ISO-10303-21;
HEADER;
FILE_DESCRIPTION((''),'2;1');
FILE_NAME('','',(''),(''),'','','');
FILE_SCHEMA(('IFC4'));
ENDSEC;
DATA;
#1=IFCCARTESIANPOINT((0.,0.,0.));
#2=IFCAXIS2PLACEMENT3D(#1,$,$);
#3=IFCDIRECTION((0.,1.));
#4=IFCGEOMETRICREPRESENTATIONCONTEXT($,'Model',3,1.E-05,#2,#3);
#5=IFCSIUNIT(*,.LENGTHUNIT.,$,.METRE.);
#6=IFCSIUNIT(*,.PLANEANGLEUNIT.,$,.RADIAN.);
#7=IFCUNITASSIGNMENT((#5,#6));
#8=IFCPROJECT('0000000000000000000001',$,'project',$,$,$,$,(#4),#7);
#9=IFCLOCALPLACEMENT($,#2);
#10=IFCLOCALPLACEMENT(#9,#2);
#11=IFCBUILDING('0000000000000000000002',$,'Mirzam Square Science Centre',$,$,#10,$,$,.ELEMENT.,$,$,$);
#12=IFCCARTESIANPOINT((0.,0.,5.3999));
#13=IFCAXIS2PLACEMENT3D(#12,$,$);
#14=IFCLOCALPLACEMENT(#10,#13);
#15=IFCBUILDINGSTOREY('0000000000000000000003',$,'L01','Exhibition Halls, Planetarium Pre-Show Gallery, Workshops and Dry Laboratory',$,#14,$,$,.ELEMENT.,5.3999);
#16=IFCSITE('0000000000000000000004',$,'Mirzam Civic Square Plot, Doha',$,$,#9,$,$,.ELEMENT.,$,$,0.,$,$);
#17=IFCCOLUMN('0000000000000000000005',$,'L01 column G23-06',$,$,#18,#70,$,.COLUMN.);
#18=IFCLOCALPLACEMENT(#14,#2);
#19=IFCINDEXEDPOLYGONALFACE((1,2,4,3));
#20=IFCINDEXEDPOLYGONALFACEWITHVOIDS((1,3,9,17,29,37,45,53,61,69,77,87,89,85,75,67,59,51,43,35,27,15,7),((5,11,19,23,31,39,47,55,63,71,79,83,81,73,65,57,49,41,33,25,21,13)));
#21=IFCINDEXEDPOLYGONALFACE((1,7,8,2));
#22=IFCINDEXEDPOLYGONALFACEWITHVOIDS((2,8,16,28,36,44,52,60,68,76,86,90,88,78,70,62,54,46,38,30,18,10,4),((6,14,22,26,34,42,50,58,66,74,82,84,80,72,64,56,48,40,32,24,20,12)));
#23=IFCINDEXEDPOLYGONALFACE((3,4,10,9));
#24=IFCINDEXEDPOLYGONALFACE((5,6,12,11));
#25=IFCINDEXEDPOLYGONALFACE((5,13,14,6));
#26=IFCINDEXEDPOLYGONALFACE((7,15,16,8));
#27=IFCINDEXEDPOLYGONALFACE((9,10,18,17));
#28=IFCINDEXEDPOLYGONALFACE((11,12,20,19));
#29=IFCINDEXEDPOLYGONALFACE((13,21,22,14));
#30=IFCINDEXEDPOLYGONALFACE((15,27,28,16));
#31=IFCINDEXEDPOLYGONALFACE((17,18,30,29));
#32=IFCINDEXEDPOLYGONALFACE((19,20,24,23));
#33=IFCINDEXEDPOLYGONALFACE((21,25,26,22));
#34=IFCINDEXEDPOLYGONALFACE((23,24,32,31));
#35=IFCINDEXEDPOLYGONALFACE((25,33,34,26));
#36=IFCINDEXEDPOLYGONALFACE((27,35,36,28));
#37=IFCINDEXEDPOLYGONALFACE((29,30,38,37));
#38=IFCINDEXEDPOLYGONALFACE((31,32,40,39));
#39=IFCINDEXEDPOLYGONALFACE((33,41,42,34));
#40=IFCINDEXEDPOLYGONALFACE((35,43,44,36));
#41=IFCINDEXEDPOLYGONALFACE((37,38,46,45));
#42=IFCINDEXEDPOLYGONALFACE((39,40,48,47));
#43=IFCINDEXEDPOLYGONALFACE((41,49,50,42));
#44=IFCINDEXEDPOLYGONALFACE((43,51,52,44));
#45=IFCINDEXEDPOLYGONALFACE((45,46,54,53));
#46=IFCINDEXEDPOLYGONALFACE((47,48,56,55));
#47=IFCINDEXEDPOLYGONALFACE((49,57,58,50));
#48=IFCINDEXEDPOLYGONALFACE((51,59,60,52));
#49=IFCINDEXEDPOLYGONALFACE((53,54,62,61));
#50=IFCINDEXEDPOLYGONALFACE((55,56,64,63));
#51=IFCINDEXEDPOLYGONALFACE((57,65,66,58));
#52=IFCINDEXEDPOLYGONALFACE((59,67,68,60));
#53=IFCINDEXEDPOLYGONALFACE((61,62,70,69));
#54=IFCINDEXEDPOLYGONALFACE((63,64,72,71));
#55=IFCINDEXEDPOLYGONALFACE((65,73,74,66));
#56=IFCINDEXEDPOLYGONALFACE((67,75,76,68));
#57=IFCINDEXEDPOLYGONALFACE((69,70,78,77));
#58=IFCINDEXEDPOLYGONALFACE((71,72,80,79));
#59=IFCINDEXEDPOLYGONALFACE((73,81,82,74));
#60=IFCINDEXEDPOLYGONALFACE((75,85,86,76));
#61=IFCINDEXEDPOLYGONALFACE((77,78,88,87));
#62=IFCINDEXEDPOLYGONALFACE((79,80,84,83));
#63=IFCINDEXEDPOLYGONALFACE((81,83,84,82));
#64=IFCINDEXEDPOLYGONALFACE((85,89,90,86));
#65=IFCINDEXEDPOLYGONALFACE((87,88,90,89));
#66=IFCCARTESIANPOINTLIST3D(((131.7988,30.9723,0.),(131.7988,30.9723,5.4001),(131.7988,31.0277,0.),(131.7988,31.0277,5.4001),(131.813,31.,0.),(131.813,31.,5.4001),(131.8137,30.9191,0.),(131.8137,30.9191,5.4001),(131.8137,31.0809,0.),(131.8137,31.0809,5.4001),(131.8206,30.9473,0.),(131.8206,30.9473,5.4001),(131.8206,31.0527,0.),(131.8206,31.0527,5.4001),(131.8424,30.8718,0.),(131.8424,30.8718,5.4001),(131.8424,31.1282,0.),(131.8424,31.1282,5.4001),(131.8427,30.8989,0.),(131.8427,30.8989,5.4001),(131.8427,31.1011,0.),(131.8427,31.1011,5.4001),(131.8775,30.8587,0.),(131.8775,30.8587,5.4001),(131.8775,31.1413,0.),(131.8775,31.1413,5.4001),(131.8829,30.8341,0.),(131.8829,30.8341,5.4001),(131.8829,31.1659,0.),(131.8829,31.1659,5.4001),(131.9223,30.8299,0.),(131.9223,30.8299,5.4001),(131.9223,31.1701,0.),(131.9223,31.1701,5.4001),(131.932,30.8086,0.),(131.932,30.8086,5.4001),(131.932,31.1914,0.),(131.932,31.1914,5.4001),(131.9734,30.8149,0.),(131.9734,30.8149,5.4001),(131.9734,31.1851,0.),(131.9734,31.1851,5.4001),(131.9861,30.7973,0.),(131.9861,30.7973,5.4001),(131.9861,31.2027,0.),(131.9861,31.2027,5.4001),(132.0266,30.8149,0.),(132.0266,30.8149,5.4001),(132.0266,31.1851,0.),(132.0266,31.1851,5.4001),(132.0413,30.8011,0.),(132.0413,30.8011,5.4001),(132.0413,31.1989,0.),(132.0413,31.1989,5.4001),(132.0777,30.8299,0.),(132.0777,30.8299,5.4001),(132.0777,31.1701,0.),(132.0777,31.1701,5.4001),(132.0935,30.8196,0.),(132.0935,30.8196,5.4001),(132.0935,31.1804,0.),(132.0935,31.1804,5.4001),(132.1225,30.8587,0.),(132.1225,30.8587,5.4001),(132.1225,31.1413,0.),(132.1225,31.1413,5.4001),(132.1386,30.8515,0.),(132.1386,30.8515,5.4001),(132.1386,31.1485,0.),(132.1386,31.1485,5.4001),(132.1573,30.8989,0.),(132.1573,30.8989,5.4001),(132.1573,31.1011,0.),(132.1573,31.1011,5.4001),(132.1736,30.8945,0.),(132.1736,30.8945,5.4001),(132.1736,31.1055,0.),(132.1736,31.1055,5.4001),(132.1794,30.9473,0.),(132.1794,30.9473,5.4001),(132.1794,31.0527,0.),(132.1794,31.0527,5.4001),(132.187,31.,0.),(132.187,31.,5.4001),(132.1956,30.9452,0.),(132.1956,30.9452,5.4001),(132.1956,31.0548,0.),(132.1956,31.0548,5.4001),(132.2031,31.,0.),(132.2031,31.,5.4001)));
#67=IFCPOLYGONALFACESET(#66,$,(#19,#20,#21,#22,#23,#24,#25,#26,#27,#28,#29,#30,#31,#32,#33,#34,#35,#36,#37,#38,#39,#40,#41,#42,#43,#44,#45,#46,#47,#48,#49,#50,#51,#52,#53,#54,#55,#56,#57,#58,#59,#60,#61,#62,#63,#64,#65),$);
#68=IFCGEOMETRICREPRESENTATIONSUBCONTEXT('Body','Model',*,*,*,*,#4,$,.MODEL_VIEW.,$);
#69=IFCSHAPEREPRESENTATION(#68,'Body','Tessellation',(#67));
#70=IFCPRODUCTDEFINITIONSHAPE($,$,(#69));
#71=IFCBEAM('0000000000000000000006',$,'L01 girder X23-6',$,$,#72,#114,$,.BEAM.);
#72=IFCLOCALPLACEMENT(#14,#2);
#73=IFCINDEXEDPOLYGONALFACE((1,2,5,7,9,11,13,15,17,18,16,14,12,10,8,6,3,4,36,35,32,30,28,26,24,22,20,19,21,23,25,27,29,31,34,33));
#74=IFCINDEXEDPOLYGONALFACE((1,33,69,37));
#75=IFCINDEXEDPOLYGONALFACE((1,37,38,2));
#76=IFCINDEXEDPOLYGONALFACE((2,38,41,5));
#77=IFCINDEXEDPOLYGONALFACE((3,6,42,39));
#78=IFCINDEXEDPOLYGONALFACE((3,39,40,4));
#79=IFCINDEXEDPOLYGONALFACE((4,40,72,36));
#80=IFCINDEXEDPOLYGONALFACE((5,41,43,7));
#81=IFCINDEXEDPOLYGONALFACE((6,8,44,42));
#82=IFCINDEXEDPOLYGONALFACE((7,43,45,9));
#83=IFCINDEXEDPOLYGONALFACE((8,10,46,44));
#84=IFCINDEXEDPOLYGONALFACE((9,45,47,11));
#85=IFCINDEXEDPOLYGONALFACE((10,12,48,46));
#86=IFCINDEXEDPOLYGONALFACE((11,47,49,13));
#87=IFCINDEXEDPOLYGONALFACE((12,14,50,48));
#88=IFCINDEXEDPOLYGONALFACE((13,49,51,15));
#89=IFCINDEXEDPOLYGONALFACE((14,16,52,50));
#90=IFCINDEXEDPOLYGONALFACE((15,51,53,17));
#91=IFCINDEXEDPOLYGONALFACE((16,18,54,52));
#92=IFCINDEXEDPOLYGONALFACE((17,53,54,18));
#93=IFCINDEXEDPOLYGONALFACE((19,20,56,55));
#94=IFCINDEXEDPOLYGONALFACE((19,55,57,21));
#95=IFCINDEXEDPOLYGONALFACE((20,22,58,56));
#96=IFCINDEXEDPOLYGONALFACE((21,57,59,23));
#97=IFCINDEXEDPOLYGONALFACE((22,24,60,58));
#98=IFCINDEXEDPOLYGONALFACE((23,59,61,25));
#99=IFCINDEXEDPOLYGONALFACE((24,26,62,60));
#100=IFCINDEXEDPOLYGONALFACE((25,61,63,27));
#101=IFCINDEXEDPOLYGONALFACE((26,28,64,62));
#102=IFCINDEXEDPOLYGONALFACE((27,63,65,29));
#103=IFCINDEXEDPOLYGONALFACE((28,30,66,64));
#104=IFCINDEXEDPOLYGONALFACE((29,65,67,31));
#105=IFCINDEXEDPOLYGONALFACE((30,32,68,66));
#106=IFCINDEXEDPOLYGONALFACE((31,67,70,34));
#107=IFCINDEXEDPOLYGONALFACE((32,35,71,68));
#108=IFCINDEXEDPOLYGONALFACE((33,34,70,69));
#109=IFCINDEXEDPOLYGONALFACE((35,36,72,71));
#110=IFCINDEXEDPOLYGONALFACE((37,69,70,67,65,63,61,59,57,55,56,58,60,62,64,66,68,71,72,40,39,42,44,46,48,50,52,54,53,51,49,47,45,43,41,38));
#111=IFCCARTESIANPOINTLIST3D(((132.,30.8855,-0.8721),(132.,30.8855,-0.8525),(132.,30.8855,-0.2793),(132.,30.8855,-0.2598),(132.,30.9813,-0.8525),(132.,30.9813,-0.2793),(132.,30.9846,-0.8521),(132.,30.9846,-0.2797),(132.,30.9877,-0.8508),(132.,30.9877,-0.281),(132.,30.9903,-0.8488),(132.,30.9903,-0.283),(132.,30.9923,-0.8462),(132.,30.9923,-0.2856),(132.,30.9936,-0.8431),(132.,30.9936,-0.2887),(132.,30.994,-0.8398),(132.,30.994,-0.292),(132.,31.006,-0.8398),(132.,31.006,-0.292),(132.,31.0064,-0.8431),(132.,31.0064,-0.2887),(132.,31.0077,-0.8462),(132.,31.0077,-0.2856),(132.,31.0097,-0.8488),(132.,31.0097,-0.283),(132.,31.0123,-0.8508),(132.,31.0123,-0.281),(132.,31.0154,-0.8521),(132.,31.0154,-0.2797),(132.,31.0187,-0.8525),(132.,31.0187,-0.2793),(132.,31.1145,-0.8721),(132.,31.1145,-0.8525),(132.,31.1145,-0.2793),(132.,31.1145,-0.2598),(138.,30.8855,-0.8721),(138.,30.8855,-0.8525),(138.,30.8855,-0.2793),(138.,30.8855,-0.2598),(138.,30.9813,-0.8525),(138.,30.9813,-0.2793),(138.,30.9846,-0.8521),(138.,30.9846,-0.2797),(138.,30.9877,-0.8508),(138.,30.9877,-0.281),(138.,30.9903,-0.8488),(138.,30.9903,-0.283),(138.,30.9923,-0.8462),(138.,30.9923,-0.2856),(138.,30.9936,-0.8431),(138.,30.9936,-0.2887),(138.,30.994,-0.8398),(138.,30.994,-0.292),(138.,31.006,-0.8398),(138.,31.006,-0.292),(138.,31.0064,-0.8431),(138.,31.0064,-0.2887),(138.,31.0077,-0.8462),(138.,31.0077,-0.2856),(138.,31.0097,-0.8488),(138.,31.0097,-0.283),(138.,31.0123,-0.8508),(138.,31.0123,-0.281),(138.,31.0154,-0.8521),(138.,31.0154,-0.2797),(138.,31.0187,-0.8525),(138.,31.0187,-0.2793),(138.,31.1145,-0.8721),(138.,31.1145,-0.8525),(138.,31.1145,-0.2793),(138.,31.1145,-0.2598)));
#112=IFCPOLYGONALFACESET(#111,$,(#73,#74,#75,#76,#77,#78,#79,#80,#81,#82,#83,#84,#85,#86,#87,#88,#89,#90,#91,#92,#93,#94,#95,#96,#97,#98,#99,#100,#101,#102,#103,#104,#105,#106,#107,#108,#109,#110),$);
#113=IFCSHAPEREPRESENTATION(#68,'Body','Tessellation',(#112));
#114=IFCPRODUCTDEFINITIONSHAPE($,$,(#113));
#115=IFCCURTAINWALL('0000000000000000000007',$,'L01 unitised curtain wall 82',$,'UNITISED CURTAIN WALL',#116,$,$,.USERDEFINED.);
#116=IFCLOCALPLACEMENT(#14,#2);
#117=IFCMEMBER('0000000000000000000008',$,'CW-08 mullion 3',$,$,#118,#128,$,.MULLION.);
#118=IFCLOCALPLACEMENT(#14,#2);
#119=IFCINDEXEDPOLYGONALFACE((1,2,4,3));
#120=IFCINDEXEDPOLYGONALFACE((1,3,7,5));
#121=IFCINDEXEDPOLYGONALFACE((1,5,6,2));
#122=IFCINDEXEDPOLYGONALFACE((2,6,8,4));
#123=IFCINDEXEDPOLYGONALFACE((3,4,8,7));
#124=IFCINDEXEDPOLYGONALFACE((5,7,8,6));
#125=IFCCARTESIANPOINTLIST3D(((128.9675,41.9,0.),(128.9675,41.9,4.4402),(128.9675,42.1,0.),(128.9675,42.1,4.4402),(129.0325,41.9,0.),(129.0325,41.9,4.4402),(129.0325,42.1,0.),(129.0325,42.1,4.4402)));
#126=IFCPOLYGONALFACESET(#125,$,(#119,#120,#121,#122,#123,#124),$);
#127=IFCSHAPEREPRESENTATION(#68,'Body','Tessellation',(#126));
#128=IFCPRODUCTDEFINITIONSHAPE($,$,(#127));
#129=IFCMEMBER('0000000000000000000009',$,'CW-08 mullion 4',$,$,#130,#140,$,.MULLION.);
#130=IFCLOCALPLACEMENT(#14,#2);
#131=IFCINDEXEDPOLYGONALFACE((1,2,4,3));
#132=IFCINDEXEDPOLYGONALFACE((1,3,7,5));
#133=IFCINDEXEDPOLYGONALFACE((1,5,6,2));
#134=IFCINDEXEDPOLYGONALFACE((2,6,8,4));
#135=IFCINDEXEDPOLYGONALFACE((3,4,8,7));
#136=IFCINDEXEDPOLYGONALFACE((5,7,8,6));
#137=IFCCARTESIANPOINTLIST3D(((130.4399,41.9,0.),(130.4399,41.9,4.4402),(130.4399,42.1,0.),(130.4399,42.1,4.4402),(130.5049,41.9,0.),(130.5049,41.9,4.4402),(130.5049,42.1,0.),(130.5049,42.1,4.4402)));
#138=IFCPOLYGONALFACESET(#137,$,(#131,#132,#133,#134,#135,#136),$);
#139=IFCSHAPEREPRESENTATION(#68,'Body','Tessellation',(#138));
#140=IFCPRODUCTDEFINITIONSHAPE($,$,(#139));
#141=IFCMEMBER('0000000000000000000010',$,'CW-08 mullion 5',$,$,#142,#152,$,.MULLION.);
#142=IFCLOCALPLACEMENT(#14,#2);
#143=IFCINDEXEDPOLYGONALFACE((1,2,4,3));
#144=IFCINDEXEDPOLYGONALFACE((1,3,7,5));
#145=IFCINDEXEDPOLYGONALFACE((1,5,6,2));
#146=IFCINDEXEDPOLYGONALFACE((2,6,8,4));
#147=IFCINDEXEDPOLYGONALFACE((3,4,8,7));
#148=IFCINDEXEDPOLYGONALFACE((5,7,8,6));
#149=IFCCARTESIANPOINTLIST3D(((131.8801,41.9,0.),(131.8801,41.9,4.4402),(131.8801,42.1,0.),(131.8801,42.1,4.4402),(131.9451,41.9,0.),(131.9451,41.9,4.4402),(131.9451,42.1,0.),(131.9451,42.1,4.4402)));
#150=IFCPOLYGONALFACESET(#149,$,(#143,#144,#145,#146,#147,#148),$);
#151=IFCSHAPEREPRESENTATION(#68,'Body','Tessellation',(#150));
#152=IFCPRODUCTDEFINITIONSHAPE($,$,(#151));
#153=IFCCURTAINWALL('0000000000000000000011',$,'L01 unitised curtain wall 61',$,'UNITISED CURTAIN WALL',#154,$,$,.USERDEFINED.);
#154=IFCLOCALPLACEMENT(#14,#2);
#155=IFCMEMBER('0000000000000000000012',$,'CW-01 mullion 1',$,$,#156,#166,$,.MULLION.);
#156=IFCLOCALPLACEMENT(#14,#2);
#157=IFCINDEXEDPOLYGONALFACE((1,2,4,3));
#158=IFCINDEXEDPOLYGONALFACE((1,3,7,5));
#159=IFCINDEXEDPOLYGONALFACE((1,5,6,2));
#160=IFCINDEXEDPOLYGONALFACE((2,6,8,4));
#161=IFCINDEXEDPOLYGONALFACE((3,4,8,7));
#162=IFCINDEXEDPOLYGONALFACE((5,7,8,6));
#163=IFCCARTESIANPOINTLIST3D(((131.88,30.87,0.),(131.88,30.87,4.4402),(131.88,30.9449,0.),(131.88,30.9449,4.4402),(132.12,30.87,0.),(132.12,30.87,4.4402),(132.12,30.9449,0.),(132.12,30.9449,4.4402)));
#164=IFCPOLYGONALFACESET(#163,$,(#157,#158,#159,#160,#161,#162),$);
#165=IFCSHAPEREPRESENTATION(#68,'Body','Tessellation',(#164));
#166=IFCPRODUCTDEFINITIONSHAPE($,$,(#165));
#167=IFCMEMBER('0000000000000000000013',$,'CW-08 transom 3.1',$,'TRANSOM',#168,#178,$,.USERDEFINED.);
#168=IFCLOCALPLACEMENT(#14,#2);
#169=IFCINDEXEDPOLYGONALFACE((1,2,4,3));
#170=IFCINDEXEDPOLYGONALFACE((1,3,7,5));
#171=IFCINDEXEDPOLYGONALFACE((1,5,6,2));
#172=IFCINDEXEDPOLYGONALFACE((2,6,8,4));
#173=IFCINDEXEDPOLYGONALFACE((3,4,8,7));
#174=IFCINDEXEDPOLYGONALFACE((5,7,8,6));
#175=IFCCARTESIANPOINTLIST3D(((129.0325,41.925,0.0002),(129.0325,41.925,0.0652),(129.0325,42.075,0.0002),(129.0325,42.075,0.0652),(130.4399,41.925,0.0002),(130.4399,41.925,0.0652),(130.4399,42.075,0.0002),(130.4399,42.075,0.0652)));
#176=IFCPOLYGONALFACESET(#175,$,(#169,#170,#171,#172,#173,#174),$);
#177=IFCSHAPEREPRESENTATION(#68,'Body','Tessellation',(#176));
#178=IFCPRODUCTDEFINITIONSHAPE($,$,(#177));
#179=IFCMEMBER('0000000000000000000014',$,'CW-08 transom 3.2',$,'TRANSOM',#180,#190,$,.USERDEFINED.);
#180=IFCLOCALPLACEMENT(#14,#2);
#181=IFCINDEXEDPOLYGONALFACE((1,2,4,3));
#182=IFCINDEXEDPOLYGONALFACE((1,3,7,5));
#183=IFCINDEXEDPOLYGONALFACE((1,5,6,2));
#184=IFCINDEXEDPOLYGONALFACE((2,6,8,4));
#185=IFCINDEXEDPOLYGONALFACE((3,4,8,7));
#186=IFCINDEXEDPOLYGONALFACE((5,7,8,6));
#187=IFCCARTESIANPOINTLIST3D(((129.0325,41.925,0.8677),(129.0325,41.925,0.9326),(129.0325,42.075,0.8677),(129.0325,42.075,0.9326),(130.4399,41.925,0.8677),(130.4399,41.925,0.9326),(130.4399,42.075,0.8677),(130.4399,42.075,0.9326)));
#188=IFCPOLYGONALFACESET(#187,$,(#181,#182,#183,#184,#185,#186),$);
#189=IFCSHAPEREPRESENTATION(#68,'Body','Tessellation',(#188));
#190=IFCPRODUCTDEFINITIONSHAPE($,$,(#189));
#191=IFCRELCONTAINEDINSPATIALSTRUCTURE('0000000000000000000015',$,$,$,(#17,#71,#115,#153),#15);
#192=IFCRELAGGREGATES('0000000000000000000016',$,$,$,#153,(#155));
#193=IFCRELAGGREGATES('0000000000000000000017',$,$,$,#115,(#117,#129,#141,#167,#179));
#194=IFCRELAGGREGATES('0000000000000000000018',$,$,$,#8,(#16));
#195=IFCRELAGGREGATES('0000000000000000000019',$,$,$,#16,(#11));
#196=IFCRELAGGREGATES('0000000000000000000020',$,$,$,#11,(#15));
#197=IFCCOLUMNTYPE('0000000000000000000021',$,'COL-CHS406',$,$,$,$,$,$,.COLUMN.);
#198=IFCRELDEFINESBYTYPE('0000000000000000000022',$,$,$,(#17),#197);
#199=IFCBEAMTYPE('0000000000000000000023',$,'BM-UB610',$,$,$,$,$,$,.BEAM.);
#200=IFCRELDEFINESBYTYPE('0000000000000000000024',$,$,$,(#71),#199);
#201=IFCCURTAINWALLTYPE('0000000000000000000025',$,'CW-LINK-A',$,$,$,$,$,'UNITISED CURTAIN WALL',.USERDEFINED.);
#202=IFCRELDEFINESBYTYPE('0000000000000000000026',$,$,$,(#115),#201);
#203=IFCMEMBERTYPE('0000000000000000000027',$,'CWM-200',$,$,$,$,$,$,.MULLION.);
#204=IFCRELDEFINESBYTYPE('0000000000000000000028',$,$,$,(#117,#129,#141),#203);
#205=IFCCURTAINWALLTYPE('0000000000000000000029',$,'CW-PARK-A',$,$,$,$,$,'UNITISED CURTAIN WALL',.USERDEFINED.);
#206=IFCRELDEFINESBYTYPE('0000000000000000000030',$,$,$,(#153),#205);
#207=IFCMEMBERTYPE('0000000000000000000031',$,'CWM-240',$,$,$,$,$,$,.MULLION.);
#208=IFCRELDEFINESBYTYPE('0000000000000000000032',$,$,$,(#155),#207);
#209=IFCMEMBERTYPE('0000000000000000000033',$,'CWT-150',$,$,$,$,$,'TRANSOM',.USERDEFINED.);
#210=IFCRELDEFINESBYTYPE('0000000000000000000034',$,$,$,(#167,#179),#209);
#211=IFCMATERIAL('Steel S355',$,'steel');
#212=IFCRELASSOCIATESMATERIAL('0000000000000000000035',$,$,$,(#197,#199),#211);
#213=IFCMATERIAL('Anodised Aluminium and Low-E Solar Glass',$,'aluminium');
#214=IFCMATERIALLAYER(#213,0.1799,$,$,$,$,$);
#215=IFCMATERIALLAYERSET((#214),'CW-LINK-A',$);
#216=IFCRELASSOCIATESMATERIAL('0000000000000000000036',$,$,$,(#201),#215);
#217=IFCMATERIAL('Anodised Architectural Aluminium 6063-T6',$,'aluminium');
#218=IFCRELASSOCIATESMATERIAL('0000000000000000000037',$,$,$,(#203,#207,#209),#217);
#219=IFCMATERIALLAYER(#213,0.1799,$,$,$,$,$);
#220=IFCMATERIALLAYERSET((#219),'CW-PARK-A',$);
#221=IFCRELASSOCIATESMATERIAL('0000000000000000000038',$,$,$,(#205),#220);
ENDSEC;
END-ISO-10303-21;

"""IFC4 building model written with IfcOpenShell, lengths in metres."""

from ifc_helpers import new_model, si_unit, direction, frame, origin, origin_2d, place, context, subcontext, project, spatial, rectangle, hollow_circle, i_section, extrude, material, layer, layer_set, material_profile, profile_set, type_object, element, aggregate, save


model = new_model("IFC4")

# Units and contexts
model_context = context("Model", 3, precision=1e-05, world=origin(), true_north=direction((0.0, 1.0)))
body_context = subcontext(model_context, "Body", "Model", "MODEL_VIEW")
ifc_project = project(units=[si_unit("LENGTHUNIT", "METRE"), si_unit("PLANEANGLEUNIT", "RADIAN")], contexts=[model_context])

# Site, building, storey
site_placement = place(None, origin())
site = spatial("IfcSite", under=ifc_project, at=site_placement, Name="Mirzam Civic Square Plot, Doha", CompositionType="ELEMENT", RefElevation=0.0)
building_placement = place(site_placement, origin())
building = spatial("IfcBuilding", under=site, at=building_placement, Name="Mirzam Square Science Centre", CompositionType="ELEMENT")
storey_placement = place(building_placement, frame((0.0, 0.0, 5.3999)))
storey = spatial("IfcBuildingStorey", under=building, at=storey_placement, Name="L01", Description="Exhibition Halls, Planetarium Pre-Show Gallery, Workshops and Dry Laboratory", CompositionType="ELEMENT", Elevation=5.3999)

# Column
ifc_material_1 = material(Name="Steel S355", Category="steel")
ifc_material_profile_1 = material_profile(ifc_material_1, hollow_circle(Radius=0.2031, WallThickness=0.0161, at=origin_2d()), Name="406.4x16.0CHS")
ifc_profile_set_1 = profile_set([ifc_material_profile_1], Name="Steel S355")
column_type = type_object("IfcColumnType", Name="COL-CHS406", PredefinedType="COLUMN", material=ifc_profile_set_1)
column_placement = place(storey_placement, frame((132.0, 31.0, 0.0), z_axis=(0.0, 0.0, 1.0), x_axis=(1.0, 0.0, 0.0)))
element("IfcColumn", 1, at=column_placement, inside=storey, type_object=column_type, Name="L01 column G23-06", PredefinedType="COLUMN", context=body_context, shape_type="SweptSolid", body=[
    extrude(hollow_circle(Radius=0.2031, WallThickness=0.0161, at=origin_2d()), origin(), (0.0, 0.0, 1.0), 5.4001),
])

# Beam
ifc_material_profile_2 = material_profile(ifc_material_1, i_section(OverallWidth=0.229, OverallDepth=0.6123, WebThickness=0.012, FlangeThickness=0.0195, FilletRadius=0.0127, at=origin_2d()), Name="610x229x125UB")
ifc_profile_set_2 = profile_set([ifc_material_profile_2], Name="Steel S355")
beam_type = type_object("IfcBeamType", Name="BM-UB610", PredefinedType="BEAM", material=ifc_profile_set_2)
beam_placement = place(storey_placement, frame((132.0, 31.0, -0.5659), z_axis=(1.0, 0.0, 0.0), x_axis=(0.0, 1.0, 0.0)))
element("IfcBeam", 2, at=beam_placement, inside=storey, type_object=beam_type, Name="L01 girder X23-6", PredefinedType="BEAM", context=body_context, shape_type="SweptSolid", body=[
    extrude(i_section(OverallWidth=0.229, OverallDepth=0.6123, WebThickness=0.012, FlangeThickness=0.0195, FilletRadius=0.0127, at=origin_2d()), origin(), (0.0, 0.0, 1.0), 6.0),
])

# Curtain wall, members
ifc_material_2 = material(Name="Anodised Aluminium and Low-E Solar Glass", Category="aluminium")
ifc_layer_1 = layer(ifc_material_2, 0.1799)
ifc_layer_set_1 = layer_set([ifc_layer_1], Name="CW-LINK-A")
curtain_wall_type_1 = type_object("IfcCurtainWallType", Name="CW-LINK-A", ElementType="UNITISED CURTAIN WALL", PredefinedType="USERDEFINED", material=ifc_layer_set_1)
curtain_wall_1_placement = place(storey_placement, origin())
curtain_wall_1 = element("IfcCurtainWall", 3, at=curtain_wall_1_placement, inside=storey, type_object=curtain_wall_type_1, Name="L01 unitised curtain wall 82", ObjectType="UNITISED CURTAIN WALL", PredefinedType="USERDEFINED")
ifc_material_3 = material(Name="Anodised Architectural Aluminium 6063-T6", Category="aluminium")
ifc_material_profile_3 = material_profile(ifc_material_3, rectangle(XDim=0.0649, YDim=0.2, at=origin_2d()), Name="ALU-MULL-200x65x5")
ifc_profile_set_3 = profile_set([ifc_material_profile_3], Name="Anodised Architectural Aluminium 6063-T6")
member_type_1 = type_object("IfcMemberType", Name="CWM-200", PredefinedType="MULLION", material=ifc_profile_set_3)
member_1_placement = place(storey_placement, frame((129.0, 42.0, 0.0), z_axis=(0.0, 0.0, 1.0), x_axis=(1.0, 0.0, 0.0)))
member_1 = element("IfcMember", 4, at=member_1_placement, type_object=member_type_1, Name="CW-08 mullion 3", PredefinedType="MULLION", context=body_context, shape_type="SweptSolid", body=[
    extrude(rectangle(XDim=0.0649, YDim=0.2, at=origin_2d()), origin(), (0.0, 0.0, 1.0), 4.4402),
])
member_2_placement = place(storey_placement, frame((130.4724, 42.0, 0.0), z_axis=(0.0, 0.0, 1.0), x_axis=(1.0, 0.0, 0.0)))
member_2 = element("IfcMember", 5, at=member_2_placement, type_object=member_type_1, Name="CW-08 mullion 4", PredefinedType="MULLION", context=body_context, shape_type="SweptSolid", body=[
    extrude(rectangle(XDim=0.0649, YDim=0.2, at=origin_2d()), origin(), (0.0, 0.0, 1.0), 4.4402),
])
member_3_placement = place(storey_placement, frame((131.9126, 42.0, 0.0), z_axis=(0.0, 0.0, 1.0), x_axis=(1.0, 0.0, 0.0)))
member_3 = element("IfcMember", 6, at=member_3_placement, type_object=member_type_1, Name="CW-08 mullion 5", PredefinedType="MULLION", context=body_context, shape_type="SweptSolid", body=[
    extrude(rectangle(XDim=0.0649, YDim=0.2, at=origin_2d()), origin(), (0.0, 0.0, 1.0), 4.4402),
])

# Curtain wall, member
ifc_layer_2 = layer(ifc_material_2, 0.1799)
ifc_layer_set_2 = layer_set([ifc_layer_2], Name="CW-PARK-A")
curtain_wall_type_2 = type_object("IfcCurtainWallType", Name="CW-PARK-A", ElementType="UNITISED CURTAIN WALL", PredefinedType="USERDEFINED", material=ifc_layer_set_2)
curtain_wall_2_placement = place(storey_placement, origin())
curtain_wall_2 = element("IfcCurtainWall", 7, at=curtain_wall_2_placement, inside=storey, type_object=curtain_wall_type_2, Name="L01 unitised curtain wall 61", ObjectType="UNITISED CURTAIN WALL", PredefinedType="USERDEFINED")
ifc_material_profile_4 = material_profile(ifc_material_3, rectangle(XDim=0.075, YDim=0.24, at=origin_2d()), Name="ALU-MULL-240x75x5")
ifc_profile_set_4 = profile_set([ifc_material_profile_4], Name="Anodised Architectural Aluminium 6063-T6")
member_type_2 = type_object("IfcMemberType", Name="CWM-240", PredefinedType="MULLION", material=ifc_profile_set_4)
member_4_placement = place(storey_placement, frame((132.0, 30.9075, 0.0), z_axis=(0.0, 0.0, 1.0), x_axis=(0.0, -1.0, 0.0)))
member_4 = element("IfcMember", 8, at=member_4_placement, type_object=member_type_2, Name="CW-01 mullion 1", PredefinedType="MULLION", context=body_context, shape_type="SweptSolid", body=[
    extrude(rectangle(XDim=0.075, YDim=0.24, at=origin_2d()), origin(), (0.0, 0.0, 1.0), 4.4402),
])

# Members
ifc_material_profile_5 = material_profile(ifc_material_3, rectangle(XDim=0.1499, YDim=0.0649, at=origin_2d()), Name="ALU-TRAN-150x65x4")
ifc_profile_set_5 = profile_set([ifc_material_profile_5], Name="Anodised Architectural Aluminium 6063-T6")
member_type_3 = type_object("IfcMemberType", Name="CWT-150", ElementType="TRANSOM", PredefinedType="USERDEFINED", material=ifc_profile_set_5)
member_5_placement = place(storey_placement, frame((129.0325, 42.0, 0.0327), z_axis=(1.0, 0.0, 0.0), x_axis=(0.0, 1.0, 0.0)))
member_5 = element("IfcMember", 9, at=member_5_placement, type_object=member_type_3, Name="CW-08 transom 3.1", ObjectType="TRANSOM", PredefinedType="USERDEFINED", context=body_context, shape_type="SweptSolid", body=[
    extrude(rectangle(XDim=0.1499, YDim=0.0649, at=origin_2d()), origin(), (0.0, 0.0, 1.0), 1.4075),
])
member_6_placement = place(storey_placement, frame((129.0325, 42.0, 0.9001), z_axis=(1.0, 0.0, 0.0), x_axis=(0.0, 1.0, 0.0)))
member_6 = element("IfcMember", 10, at=member_6_placement, type_object=member_type_3, Name="CW-08 transom 3.2", ObjectType="TRANSOM", PredefinedType="USERDEFINED", context=body_context, shape_type="SweptSolid", body=[
    extrude(rectangle(XDim=0.1499, YDim=0.0649, at=origin_2d()), origin(), (0.0, 0.0, 1.0), 1.4075),
])
aggregate(curtain_wall_2, [member_4])

aggregate(curtain_wall_1, [member_1, member_2, member_3, member_5, member_6])

save(model, "model.ifc")
